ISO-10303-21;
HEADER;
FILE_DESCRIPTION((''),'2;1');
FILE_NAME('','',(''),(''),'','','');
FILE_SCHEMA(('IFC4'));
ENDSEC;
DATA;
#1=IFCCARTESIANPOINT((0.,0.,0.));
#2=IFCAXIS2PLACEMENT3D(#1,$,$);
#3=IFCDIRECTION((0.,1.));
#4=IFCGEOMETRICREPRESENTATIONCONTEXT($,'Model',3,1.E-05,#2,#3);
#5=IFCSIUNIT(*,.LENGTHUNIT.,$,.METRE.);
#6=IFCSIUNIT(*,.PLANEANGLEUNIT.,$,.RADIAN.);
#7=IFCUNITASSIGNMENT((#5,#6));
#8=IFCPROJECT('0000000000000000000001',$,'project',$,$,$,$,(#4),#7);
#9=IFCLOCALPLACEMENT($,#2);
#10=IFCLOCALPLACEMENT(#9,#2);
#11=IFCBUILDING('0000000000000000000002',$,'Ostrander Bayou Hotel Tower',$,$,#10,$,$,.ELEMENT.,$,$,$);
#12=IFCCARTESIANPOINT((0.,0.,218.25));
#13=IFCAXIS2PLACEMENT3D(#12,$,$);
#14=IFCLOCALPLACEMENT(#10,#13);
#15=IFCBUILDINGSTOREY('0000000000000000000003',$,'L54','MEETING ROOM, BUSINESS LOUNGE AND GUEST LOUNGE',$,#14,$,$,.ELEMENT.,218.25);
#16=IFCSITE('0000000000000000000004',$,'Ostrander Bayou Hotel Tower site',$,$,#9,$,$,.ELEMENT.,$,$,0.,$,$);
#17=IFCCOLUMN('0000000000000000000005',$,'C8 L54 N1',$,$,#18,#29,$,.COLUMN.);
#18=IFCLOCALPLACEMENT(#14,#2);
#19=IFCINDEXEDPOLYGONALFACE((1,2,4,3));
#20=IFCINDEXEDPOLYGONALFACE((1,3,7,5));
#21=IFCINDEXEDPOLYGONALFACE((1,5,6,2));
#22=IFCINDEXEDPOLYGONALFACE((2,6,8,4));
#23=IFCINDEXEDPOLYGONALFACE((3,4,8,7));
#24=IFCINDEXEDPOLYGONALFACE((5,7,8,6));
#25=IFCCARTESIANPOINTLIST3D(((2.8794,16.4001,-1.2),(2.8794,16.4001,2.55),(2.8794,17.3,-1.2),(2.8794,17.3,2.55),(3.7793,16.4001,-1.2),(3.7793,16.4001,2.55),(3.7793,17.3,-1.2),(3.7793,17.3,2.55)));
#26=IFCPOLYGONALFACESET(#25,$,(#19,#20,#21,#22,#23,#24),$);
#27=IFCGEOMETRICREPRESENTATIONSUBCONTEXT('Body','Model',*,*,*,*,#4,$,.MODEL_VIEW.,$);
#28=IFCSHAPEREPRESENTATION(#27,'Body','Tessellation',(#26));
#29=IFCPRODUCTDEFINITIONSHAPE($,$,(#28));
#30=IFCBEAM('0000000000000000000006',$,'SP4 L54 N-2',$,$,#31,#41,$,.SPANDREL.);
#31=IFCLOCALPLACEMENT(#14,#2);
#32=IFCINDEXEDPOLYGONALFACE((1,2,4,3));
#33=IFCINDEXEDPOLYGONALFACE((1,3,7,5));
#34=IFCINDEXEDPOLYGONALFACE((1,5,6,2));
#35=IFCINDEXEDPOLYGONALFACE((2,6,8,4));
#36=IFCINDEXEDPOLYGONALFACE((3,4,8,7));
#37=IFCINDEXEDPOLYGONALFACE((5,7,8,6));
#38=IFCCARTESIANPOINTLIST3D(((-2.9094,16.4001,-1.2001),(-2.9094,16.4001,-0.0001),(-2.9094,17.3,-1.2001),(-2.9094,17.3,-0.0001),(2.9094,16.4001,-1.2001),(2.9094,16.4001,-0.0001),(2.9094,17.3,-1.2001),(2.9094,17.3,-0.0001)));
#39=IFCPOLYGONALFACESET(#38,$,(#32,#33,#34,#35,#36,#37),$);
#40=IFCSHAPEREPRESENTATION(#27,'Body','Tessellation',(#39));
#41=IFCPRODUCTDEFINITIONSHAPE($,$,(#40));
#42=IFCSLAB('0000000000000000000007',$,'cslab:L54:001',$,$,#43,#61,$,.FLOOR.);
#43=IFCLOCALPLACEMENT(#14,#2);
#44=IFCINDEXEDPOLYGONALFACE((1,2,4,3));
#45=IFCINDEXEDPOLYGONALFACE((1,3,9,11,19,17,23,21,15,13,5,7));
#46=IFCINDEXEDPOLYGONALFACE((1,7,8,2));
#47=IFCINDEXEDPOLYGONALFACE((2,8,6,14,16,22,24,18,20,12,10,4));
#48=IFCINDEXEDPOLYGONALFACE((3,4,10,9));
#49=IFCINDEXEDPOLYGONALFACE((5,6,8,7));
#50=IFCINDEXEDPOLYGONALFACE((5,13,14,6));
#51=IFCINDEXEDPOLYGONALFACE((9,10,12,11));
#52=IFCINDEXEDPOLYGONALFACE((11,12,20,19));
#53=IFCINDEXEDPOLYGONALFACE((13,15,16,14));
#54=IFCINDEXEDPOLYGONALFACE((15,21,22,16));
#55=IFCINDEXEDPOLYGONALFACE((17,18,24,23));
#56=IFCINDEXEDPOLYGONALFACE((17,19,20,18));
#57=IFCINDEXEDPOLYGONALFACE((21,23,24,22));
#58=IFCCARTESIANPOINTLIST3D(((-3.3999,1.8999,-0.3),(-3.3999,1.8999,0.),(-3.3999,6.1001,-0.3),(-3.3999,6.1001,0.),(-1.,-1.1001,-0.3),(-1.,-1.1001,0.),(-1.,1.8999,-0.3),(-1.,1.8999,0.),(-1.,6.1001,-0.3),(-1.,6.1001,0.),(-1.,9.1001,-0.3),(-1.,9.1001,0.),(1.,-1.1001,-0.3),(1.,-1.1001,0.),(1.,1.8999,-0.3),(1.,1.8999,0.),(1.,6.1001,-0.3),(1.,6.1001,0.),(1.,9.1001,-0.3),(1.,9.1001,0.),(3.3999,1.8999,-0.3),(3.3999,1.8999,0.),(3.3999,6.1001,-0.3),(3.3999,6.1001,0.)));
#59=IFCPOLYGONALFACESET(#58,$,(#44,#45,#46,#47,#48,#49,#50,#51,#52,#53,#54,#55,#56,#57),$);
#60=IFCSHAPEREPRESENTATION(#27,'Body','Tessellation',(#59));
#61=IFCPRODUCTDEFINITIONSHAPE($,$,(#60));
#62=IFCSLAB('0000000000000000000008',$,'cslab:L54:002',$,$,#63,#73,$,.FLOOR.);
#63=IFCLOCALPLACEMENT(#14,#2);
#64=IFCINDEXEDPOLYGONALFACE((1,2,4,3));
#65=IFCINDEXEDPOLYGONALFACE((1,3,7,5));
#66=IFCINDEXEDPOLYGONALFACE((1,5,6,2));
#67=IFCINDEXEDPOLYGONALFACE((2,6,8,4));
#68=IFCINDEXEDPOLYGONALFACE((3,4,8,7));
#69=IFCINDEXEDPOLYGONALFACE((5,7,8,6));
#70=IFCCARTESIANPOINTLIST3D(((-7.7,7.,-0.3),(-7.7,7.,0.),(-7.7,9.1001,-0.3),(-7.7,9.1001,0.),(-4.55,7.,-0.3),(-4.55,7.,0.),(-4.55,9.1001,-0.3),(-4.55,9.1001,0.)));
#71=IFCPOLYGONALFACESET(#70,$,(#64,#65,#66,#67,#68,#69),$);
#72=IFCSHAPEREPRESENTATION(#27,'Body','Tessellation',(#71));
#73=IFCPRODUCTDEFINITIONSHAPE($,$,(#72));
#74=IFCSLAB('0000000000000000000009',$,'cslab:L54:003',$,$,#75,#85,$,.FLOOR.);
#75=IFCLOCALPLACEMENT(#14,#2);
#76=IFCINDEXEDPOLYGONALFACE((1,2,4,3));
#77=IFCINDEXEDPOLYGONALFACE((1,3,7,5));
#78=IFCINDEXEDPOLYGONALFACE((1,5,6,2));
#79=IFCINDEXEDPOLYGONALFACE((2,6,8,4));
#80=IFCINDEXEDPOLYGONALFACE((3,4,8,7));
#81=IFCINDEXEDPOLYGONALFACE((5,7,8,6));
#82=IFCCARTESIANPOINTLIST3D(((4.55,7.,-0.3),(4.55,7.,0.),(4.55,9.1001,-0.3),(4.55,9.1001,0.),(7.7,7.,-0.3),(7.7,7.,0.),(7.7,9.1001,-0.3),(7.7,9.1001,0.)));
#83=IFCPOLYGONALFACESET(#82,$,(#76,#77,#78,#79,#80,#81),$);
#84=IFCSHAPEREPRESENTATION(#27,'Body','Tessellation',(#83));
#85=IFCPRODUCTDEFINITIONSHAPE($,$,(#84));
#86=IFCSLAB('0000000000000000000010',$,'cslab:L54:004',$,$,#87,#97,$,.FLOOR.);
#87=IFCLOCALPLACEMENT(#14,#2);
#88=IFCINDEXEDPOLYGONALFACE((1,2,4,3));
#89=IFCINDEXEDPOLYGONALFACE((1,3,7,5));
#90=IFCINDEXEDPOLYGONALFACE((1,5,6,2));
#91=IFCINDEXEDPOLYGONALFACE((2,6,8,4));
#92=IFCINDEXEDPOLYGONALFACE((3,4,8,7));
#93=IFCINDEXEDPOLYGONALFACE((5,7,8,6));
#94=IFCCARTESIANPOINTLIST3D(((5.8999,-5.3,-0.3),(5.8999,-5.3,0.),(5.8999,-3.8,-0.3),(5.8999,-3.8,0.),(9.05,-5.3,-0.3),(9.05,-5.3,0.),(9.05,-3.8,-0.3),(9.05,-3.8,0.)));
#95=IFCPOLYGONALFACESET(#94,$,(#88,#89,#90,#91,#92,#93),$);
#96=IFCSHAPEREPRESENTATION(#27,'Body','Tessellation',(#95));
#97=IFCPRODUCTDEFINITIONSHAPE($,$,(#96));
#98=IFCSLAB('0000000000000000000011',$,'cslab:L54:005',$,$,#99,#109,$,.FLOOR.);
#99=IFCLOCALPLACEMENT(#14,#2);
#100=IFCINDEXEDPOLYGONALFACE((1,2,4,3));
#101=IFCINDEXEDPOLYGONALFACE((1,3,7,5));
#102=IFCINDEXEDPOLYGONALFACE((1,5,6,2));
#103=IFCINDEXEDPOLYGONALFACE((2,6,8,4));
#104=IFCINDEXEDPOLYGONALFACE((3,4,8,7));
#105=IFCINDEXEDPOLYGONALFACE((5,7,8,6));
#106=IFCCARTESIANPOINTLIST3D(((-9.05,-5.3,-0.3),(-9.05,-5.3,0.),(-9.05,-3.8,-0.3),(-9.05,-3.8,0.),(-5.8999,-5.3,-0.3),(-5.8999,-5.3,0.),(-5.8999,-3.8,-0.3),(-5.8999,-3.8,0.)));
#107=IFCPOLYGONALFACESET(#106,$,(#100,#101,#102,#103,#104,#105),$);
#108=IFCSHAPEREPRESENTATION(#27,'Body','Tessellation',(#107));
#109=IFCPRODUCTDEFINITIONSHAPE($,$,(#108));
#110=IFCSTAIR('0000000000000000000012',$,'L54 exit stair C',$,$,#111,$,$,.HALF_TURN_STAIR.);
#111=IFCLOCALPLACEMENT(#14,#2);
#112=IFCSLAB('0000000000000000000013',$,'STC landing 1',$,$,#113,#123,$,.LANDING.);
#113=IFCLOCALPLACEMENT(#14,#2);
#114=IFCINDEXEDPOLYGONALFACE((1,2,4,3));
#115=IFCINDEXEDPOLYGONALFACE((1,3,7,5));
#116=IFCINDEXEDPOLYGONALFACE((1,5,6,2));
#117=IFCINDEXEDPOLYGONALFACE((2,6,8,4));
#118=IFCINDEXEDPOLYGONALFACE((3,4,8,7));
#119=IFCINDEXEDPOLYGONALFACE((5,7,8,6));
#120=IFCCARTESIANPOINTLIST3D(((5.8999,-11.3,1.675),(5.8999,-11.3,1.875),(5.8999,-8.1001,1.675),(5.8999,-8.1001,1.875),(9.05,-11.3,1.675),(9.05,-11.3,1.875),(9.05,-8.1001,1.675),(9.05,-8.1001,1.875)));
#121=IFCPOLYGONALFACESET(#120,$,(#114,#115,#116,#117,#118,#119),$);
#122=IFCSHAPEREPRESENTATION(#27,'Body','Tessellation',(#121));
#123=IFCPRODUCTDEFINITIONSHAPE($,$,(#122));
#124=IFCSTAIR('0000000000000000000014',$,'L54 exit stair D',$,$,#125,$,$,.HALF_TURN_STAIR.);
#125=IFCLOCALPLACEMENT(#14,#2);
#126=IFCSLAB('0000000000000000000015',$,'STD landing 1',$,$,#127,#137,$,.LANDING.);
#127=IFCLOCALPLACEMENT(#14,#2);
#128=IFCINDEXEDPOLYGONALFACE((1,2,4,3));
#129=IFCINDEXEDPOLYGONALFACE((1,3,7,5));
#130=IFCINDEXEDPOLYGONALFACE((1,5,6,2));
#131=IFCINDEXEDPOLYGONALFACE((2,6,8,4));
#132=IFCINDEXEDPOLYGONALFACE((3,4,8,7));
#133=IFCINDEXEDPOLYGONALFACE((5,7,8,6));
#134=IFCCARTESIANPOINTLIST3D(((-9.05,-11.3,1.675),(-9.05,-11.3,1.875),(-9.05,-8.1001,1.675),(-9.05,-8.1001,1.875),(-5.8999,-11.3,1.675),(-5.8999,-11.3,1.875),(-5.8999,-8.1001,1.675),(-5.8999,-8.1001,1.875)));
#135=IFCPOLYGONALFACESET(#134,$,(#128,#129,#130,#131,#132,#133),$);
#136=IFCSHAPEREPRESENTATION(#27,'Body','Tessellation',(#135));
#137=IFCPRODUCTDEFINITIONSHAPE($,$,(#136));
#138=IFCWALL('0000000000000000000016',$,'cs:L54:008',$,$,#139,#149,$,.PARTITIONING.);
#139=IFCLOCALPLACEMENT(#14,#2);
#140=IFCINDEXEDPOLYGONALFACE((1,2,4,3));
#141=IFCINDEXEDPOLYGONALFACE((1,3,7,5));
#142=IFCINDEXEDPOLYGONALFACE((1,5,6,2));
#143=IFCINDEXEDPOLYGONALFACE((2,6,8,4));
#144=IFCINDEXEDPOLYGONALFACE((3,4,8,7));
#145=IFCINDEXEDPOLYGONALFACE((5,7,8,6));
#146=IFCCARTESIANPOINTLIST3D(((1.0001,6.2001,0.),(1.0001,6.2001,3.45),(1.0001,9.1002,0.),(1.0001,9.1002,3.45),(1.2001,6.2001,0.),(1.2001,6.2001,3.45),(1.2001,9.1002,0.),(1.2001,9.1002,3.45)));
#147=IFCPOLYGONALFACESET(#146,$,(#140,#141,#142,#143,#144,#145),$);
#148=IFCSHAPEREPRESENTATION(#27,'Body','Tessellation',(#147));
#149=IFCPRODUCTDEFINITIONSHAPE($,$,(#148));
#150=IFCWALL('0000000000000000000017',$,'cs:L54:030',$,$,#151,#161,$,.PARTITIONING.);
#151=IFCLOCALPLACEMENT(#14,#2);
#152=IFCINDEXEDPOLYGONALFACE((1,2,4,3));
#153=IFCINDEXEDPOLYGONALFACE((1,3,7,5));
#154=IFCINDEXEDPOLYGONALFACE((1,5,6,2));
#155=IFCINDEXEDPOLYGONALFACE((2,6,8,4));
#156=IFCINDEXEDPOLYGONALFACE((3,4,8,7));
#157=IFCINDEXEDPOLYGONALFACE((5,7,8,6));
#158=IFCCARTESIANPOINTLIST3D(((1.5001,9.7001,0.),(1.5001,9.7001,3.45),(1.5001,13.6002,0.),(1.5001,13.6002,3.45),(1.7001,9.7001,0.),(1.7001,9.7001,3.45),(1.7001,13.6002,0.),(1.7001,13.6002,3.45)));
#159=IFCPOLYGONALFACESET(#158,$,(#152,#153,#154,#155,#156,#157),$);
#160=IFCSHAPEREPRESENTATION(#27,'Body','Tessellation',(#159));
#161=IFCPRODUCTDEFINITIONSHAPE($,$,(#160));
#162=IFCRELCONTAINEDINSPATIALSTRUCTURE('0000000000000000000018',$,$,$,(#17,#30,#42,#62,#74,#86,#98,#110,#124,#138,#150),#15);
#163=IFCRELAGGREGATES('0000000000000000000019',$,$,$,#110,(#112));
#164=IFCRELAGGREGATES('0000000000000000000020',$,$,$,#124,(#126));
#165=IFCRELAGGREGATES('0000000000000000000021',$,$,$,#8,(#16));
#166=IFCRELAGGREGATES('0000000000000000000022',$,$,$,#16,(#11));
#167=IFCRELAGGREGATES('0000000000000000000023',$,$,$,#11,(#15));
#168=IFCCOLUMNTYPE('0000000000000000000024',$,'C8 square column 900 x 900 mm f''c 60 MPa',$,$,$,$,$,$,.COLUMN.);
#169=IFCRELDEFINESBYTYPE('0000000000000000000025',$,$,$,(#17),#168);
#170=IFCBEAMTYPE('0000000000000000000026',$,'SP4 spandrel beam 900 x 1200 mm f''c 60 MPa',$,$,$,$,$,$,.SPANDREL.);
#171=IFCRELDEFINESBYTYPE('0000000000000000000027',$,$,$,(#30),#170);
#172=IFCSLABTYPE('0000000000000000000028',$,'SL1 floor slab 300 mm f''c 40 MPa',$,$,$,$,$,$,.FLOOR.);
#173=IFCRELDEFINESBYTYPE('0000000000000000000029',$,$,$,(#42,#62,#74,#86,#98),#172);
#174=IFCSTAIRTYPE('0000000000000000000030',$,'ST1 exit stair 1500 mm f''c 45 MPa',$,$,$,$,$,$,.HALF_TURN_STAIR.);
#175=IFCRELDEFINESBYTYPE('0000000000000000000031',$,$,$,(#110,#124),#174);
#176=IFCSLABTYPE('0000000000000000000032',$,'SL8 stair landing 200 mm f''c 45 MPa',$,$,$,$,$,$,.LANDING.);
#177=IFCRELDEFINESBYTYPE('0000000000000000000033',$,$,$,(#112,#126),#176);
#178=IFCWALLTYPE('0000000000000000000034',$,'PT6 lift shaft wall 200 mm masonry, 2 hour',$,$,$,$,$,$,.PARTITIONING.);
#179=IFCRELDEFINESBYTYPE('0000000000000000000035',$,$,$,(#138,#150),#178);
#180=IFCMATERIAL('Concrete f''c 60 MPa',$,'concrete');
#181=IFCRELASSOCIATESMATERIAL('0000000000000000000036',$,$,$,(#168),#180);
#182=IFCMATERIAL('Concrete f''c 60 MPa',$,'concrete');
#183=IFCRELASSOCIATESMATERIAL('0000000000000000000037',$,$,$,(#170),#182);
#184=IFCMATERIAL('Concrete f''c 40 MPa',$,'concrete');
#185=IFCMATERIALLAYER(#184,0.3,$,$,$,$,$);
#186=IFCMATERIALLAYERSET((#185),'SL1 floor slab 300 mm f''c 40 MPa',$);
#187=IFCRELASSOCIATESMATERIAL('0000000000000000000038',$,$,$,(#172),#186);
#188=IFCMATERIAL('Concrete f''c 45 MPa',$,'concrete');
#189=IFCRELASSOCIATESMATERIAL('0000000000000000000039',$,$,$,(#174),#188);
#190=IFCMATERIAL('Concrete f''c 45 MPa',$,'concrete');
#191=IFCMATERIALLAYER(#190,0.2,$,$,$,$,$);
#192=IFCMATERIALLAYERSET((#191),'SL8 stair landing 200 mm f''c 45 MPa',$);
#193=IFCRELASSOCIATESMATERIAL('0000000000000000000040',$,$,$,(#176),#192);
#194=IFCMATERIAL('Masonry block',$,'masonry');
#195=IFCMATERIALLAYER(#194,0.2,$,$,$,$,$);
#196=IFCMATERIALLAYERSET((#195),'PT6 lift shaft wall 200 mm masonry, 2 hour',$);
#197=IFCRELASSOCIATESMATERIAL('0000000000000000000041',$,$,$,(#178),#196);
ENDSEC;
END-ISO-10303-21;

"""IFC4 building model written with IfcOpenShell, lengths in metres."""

from ifc_helpers import new_model, si_unit, direction, frame, frame_2d, origin, origin_2d, place, context, subcontext, project, spatial, polyline, rectangle, outline, extrude, material, layer, layer_set, material_profile, profile_set, type_object, element, aggregate, save


model = new_model("IFC4")

# Units and contexts
model_context = context("Model", 3, precision=1e-05, world=origin(), true_north=direction((0.0, 1.0)))
body_context = subcontext(model_context, "Body", "Model", "MODEL_VIEW")
ifc_project = project(units=[si_unit("LENGTHUNIT", "METRE"), si_unit("PLANEANGLEUNIT", "RADIAN")], contexts=[model_context])

# Site, building, storey
site_placement = place(None, origin())
site = spatial("IfcSite", under=ifc_project, at=site_placement, Name="Ostrander Bayou Hotel Tower site", CompositionType="ELEMENT", RefElevation=0.0)
building_placement = place(site_placement, origin())
building = spatial("IfcBuilding", under=site, at=building_placement, Name="Ostrander Bayou Hotel Tower", CompositionType="ELEMENT")
storey_placement = place(building_placement, frame((0.0, 0.0, 218.25)))
storey = spatial("IfcBuildingStorey", under=building, at=storey_placement, Name="L54", Description="MEETING ROOM, BUSINESS LOUNGE AND GUEST LOUNGE", CompositionType="ELEMENT", Elevation=218.25)

# Column
ifc_material_1 = material(Name="Concrete f'c 60 MPa", Category="concrete")
ifc_material_profile_1 = material_profile(ifc_material_1, rectangle(XDim=0.8999, YDim=0.8999, at=origin_2d()))
ifc_profile_set_1 = profile_set([ifc_material_profile_1], Name="Concrete f'c 60 MPa")
column_type = type_object("IfcColumnType", Name="C8 square column 900 x 900 mm f'c 60 MPa", PredefinedType="COLUMN", material=ifc_profile_set_1)
column_placement = place(storey_placement, frame((3.3293, 16.8501, -1.2), z_axis=(0.0, 0.0, 1.0), x_axis=(1.0, 0.0, 0.0)))
element("IfcColumn", 1, at=column_placement, inside=storey, type_object=column_type, Name="C8 L54 N1", PredefinedType="COLUMN", context=body_context, shape_type="SweptSolid", body=[
    extrude(rectangle(XDim=0.8999, YDim=0.8999, at=origin_2d()), origin(), (0.0, 0.0, 1.0), 3.75),
])

# Beam
ifc_material_2 = material(Name="Concrete f'c 60 MPa", Category="concrete")
ifc_material_profile_2 = material_profile(ifc_material_2, rectangle(XDim=0.8999, YDim=1.2, at=origin_2d()))
ifc_profile_set_2 = profile_set([ifc_material_profile_2], Name="Concrete f'c 60 MPa")
beam_type = type_object("IfcBeamType", Name="SP4 spandrel beam 900 x 1200 mm f'c 60 MPa", PredefinedType="SPANDREL", material=ifc_profile_set_2)
beam_placement = place(storey_placement, frame((2.9094, 16.8501, -0.6001), z_axis=(-1.0, 0.0, 0.0), x_axis=(0.0, -1.0, 0.0)))
element("IfcBeam", 2, at=beam_placement, inside=storey, type_object=beam_type, Name="SP4 L54 N-2", PredefinedType="SPANDREL", context=body_context, shape_type="SweptSolid", body=[
    extrude(rectangle(XDim=0.8999, YDim=1.2, at=origin_2d()), origin(), (0.0, 0.0, 1.0), 5.8188),
])

# Slabs
ifc_material_3 = material(Name="Concrete f'c 40 MPa", Category="concrete")
ifc_layer_1 = layer(ifc_material_3, 0.3)
ifc_layer_set_1 = layer_set([ifc_layer_1], Name="SL1 floor slab 300 mm f'c 40 MPa")
slab_type_1 = type_object("IfcSlabType", Name="SL1 floor slab 300 mm f'c 40 MPa", PredefinedType="FLOOR", material=ifc_layer_set_1)
slab_1_placement = place(storey_placement, frame((0.0, 0.0, -0.3)))
element("IfcSlab", 3, at=slab_1_placement, inside=storey, type_object=slab_type_1, Name="cslab:L54:001", PredefinedType="FLOOR", context=body_context, shape_type="SweptSolid", body=[
    extrude(outline(polyline([(-3.3999, 6.1001), (-1.0, 6.1001), (-1.0, 9.1001), (1.0, 9.1001), (1.0, 6.1001), (3.3999, 6.1001), (3.3999, 1.8999), (1.0, 1.8999), (1.0, -1.1001), (-1.0, -1.1001), (-1.0, 1.8999), (-3.3999, 1.8999), (-3.3999, 6.1001)])), origin(), (0.0, 0.0, 1.0), 0.3),
])
slab_2_placement = place(storey_placement, frame((0.0, 0.0, -0.3)))
element("IfcSlab", 4, at=slab_2_placement, inside=storey, type_object=slab_type_1, Name="cslab:L54:002", PredefinedType="FLOOR", context=body_context, shape_type="SweptSolid", body=[
    extrude(outline(polyline([(-4.55, 7.0), (-4.55, 9.1001), (-7.7, 9.1001), (-7.7, 7.0), (-4.55, 7.0)])), origin(), (0.0, 0.0, 1.0), 0.3),
])
slab_3_placement = place(storey_placement, frame((0.0, 0.0, -0.3)))
element("IfcSlab", 5, at=slab_3_placement, inside=storey, type_object=slab_type_1, Name="cslab:L54:003", PredefinedType="FLOOR", context=body_context, shape_type="SweptSolid", body=[
    extrude(outline(polyline([(7.7, 7.0), (7.7, 9.1001), (4.55, 9.1001), (4.55, 7.0), (7.7, 7.0)])), origin(), (0.0, 0.0, 1.0), 0.3),
])
slab_4_placement = place(storey_placement, frame((0.0, 0.0, -0.3)))
element("IfcSlab", 6, at=slab_4_placement, inside=storey, type_object=slab_type_1, Name="cslab:L54:004", PredefinedType="FLOOR", context=body_context, shape_type="SweptSolid", body=[
    extrude(outline(polyline([(9.05, -5.3), (9.05, -3.8), (5.8999, -3.8), (5.8999, -5.3), (9.05, -5.3)])), origin(), (0.0, 0.0, 1.0), 0.3),
])
slab_5_placement = place(storey_placement, frame((0.0, 0.0, -0.3)))
element("IfcSlab", 7, at=slab_5_placement, inside=storey, type_object=slab_type_1, Name="cslab:L54:005", PredefinedType="FLOOR", context=body_context, shape_type="SweptSolid", body=[
    extrude(outline(polyline([(-5.8999, -5.3), (-5.8999, -3.8), (-9.05, -3.8), (-9.05, -5.3), (-5.8999, -5.3)])), origin(), (0.0, 0.0, 1.0), 0.3),
])

# Stairs, slabs
ifc_material_4 = material(Name="Concrete f'c 45 MPa", Category="concrete")
stair_type = type_object("IfcStairType", Name="ST1 exit stair 1500 mm f'c 45 MPa", PredefinedType="HALF_TURN_STAIR", material=ifc_material_4)
stair_1_placement = place(storey_placement, origin())
stair_1 = element("IfcStair", 8, at=stair_1_placement, inside=storey, type_object=stair_type, Name="L54 exit stair C", PredefinedType="HALF_TURN_STAIR")
ifc_material_5 = material(Name="Concrete f'c 45 MPa", Category="concrete")
ifc_layer_2 = layer(ifc_material_5, 0.2)
ifc_layer_set_2 = layer_set([ifc_layer_2], Name="SL8 stair landing 200 mm f'c 45 MPa")
slab_type_2 = type_object("IfcSlabType", Name="SL8 stair landing 200 mm f'c 45 MPa", PredefinedType="LANDING", material=ifc_layer_set_2)
slab_6_placement = place(storey_placement, frame((0.0, 0.0, 1.675)))
slab_6 = element("IfcSlab", 9, at=slab_6_placement, type_object=slab_type_2, Name="STC landing 1", PredefinedType="LANDING", context=body_context, shape_type="SweptSolid", body=[
    extrude(outline(polyline([(5.8999, -8.1001), (5.8999, -11.3), (9.05, -11.3), (9.05, -8.1001), (5.8999, -8.1001)])), origin(), (0.0, 0.0, 1.0), 0.2),
])
aggregate(stair_1, [slab_6])
stair_2_placement = place(storey_placement, origin())
stair_2 = element("IfcStair", 10, at=stair_2_placement, inside=storey, type_object=stair_type, Name="L54 exit stair D", PredefinedType="HALF_TURN_STAIR")
slab_7_placement = place(storey_placement, frame((0.0, 0.0, 1.675)))
slab_7 = element("IfcSlab", 11, at=slab_7_placement, type_object=slab_type_2, Name="STD landing 1", PredefinedType="LANDING", context=body_context, shape_type="SweptSolid", body=[
    extrude(outline(polyline([(-9.05, -8.1001), (-9.05, -11.3), (-5.8999, -11.3), (-5.8999, -8.1001), (-9.05, -8.1001)])), origin(), (0.0, 0.0, 1.0), 0.2),
])
aggregate(stair_2, [slab_7])

# Shared definitions
ifc_material_6 = material(Name="Masonry block", Category="masonry")
ifc_layer_3 = layer(ifc_material_6, 0.2)
ifc_layer_set_3 = layer_set([ifc_layer_3], Name="PT6 lift shaft wall 200 mm masonry, 2 hour")
wall_type_1 = type_object("IfcWallType", Name="PT6 lift shaft wall 200 mm masonry, 2 hour", PredefinedType="PARTITIONING", material=ifc_layer_set_3)

# Walls
wall_1_placement = place(storey_placement, frame((1.1001, 6.2, 0.0), z_axis=(0.0, 0.0, 1.0), x_axis=(0.0, 1.0, 0.0)))
element("IfcWall", 12, at=wall_1_placement, inside=storey, type_object=wall_type_1, Name="cs:L54:008", PredefinedType="PARTITIONING", context=body_context, shape_type="SweptSolid", body=[
    extrude(rectangle(XDim=2.9001, YDim=0.2, at=frame_2d((1.4502, 0.0))), origin(), (0.0, 0.0, 1.0), 3.45),
])
wall_2_placement = place(storey_placement, frame((1.6001, 9.7, 0.0), z_axis=(0.0, 0.0, 1.0), x_axis=(0.0, 1.0, 0.0)))
element("IfcWall", 13, at=wall_2_placement, inside=storey, type_object=wall_type_1, Name="cs:L54:030", PredefinedType="PARTITIONING", context=body_context, shape_type="SweptSolid", body=[
    extrude(rectangle(XDim=3.9001, YDim=0.2, at=frame_2d((1.9502, 0.0))), origin(), (0.0, 0.0, 1.0), 3.45),
])

save(model, "model.ifc")
